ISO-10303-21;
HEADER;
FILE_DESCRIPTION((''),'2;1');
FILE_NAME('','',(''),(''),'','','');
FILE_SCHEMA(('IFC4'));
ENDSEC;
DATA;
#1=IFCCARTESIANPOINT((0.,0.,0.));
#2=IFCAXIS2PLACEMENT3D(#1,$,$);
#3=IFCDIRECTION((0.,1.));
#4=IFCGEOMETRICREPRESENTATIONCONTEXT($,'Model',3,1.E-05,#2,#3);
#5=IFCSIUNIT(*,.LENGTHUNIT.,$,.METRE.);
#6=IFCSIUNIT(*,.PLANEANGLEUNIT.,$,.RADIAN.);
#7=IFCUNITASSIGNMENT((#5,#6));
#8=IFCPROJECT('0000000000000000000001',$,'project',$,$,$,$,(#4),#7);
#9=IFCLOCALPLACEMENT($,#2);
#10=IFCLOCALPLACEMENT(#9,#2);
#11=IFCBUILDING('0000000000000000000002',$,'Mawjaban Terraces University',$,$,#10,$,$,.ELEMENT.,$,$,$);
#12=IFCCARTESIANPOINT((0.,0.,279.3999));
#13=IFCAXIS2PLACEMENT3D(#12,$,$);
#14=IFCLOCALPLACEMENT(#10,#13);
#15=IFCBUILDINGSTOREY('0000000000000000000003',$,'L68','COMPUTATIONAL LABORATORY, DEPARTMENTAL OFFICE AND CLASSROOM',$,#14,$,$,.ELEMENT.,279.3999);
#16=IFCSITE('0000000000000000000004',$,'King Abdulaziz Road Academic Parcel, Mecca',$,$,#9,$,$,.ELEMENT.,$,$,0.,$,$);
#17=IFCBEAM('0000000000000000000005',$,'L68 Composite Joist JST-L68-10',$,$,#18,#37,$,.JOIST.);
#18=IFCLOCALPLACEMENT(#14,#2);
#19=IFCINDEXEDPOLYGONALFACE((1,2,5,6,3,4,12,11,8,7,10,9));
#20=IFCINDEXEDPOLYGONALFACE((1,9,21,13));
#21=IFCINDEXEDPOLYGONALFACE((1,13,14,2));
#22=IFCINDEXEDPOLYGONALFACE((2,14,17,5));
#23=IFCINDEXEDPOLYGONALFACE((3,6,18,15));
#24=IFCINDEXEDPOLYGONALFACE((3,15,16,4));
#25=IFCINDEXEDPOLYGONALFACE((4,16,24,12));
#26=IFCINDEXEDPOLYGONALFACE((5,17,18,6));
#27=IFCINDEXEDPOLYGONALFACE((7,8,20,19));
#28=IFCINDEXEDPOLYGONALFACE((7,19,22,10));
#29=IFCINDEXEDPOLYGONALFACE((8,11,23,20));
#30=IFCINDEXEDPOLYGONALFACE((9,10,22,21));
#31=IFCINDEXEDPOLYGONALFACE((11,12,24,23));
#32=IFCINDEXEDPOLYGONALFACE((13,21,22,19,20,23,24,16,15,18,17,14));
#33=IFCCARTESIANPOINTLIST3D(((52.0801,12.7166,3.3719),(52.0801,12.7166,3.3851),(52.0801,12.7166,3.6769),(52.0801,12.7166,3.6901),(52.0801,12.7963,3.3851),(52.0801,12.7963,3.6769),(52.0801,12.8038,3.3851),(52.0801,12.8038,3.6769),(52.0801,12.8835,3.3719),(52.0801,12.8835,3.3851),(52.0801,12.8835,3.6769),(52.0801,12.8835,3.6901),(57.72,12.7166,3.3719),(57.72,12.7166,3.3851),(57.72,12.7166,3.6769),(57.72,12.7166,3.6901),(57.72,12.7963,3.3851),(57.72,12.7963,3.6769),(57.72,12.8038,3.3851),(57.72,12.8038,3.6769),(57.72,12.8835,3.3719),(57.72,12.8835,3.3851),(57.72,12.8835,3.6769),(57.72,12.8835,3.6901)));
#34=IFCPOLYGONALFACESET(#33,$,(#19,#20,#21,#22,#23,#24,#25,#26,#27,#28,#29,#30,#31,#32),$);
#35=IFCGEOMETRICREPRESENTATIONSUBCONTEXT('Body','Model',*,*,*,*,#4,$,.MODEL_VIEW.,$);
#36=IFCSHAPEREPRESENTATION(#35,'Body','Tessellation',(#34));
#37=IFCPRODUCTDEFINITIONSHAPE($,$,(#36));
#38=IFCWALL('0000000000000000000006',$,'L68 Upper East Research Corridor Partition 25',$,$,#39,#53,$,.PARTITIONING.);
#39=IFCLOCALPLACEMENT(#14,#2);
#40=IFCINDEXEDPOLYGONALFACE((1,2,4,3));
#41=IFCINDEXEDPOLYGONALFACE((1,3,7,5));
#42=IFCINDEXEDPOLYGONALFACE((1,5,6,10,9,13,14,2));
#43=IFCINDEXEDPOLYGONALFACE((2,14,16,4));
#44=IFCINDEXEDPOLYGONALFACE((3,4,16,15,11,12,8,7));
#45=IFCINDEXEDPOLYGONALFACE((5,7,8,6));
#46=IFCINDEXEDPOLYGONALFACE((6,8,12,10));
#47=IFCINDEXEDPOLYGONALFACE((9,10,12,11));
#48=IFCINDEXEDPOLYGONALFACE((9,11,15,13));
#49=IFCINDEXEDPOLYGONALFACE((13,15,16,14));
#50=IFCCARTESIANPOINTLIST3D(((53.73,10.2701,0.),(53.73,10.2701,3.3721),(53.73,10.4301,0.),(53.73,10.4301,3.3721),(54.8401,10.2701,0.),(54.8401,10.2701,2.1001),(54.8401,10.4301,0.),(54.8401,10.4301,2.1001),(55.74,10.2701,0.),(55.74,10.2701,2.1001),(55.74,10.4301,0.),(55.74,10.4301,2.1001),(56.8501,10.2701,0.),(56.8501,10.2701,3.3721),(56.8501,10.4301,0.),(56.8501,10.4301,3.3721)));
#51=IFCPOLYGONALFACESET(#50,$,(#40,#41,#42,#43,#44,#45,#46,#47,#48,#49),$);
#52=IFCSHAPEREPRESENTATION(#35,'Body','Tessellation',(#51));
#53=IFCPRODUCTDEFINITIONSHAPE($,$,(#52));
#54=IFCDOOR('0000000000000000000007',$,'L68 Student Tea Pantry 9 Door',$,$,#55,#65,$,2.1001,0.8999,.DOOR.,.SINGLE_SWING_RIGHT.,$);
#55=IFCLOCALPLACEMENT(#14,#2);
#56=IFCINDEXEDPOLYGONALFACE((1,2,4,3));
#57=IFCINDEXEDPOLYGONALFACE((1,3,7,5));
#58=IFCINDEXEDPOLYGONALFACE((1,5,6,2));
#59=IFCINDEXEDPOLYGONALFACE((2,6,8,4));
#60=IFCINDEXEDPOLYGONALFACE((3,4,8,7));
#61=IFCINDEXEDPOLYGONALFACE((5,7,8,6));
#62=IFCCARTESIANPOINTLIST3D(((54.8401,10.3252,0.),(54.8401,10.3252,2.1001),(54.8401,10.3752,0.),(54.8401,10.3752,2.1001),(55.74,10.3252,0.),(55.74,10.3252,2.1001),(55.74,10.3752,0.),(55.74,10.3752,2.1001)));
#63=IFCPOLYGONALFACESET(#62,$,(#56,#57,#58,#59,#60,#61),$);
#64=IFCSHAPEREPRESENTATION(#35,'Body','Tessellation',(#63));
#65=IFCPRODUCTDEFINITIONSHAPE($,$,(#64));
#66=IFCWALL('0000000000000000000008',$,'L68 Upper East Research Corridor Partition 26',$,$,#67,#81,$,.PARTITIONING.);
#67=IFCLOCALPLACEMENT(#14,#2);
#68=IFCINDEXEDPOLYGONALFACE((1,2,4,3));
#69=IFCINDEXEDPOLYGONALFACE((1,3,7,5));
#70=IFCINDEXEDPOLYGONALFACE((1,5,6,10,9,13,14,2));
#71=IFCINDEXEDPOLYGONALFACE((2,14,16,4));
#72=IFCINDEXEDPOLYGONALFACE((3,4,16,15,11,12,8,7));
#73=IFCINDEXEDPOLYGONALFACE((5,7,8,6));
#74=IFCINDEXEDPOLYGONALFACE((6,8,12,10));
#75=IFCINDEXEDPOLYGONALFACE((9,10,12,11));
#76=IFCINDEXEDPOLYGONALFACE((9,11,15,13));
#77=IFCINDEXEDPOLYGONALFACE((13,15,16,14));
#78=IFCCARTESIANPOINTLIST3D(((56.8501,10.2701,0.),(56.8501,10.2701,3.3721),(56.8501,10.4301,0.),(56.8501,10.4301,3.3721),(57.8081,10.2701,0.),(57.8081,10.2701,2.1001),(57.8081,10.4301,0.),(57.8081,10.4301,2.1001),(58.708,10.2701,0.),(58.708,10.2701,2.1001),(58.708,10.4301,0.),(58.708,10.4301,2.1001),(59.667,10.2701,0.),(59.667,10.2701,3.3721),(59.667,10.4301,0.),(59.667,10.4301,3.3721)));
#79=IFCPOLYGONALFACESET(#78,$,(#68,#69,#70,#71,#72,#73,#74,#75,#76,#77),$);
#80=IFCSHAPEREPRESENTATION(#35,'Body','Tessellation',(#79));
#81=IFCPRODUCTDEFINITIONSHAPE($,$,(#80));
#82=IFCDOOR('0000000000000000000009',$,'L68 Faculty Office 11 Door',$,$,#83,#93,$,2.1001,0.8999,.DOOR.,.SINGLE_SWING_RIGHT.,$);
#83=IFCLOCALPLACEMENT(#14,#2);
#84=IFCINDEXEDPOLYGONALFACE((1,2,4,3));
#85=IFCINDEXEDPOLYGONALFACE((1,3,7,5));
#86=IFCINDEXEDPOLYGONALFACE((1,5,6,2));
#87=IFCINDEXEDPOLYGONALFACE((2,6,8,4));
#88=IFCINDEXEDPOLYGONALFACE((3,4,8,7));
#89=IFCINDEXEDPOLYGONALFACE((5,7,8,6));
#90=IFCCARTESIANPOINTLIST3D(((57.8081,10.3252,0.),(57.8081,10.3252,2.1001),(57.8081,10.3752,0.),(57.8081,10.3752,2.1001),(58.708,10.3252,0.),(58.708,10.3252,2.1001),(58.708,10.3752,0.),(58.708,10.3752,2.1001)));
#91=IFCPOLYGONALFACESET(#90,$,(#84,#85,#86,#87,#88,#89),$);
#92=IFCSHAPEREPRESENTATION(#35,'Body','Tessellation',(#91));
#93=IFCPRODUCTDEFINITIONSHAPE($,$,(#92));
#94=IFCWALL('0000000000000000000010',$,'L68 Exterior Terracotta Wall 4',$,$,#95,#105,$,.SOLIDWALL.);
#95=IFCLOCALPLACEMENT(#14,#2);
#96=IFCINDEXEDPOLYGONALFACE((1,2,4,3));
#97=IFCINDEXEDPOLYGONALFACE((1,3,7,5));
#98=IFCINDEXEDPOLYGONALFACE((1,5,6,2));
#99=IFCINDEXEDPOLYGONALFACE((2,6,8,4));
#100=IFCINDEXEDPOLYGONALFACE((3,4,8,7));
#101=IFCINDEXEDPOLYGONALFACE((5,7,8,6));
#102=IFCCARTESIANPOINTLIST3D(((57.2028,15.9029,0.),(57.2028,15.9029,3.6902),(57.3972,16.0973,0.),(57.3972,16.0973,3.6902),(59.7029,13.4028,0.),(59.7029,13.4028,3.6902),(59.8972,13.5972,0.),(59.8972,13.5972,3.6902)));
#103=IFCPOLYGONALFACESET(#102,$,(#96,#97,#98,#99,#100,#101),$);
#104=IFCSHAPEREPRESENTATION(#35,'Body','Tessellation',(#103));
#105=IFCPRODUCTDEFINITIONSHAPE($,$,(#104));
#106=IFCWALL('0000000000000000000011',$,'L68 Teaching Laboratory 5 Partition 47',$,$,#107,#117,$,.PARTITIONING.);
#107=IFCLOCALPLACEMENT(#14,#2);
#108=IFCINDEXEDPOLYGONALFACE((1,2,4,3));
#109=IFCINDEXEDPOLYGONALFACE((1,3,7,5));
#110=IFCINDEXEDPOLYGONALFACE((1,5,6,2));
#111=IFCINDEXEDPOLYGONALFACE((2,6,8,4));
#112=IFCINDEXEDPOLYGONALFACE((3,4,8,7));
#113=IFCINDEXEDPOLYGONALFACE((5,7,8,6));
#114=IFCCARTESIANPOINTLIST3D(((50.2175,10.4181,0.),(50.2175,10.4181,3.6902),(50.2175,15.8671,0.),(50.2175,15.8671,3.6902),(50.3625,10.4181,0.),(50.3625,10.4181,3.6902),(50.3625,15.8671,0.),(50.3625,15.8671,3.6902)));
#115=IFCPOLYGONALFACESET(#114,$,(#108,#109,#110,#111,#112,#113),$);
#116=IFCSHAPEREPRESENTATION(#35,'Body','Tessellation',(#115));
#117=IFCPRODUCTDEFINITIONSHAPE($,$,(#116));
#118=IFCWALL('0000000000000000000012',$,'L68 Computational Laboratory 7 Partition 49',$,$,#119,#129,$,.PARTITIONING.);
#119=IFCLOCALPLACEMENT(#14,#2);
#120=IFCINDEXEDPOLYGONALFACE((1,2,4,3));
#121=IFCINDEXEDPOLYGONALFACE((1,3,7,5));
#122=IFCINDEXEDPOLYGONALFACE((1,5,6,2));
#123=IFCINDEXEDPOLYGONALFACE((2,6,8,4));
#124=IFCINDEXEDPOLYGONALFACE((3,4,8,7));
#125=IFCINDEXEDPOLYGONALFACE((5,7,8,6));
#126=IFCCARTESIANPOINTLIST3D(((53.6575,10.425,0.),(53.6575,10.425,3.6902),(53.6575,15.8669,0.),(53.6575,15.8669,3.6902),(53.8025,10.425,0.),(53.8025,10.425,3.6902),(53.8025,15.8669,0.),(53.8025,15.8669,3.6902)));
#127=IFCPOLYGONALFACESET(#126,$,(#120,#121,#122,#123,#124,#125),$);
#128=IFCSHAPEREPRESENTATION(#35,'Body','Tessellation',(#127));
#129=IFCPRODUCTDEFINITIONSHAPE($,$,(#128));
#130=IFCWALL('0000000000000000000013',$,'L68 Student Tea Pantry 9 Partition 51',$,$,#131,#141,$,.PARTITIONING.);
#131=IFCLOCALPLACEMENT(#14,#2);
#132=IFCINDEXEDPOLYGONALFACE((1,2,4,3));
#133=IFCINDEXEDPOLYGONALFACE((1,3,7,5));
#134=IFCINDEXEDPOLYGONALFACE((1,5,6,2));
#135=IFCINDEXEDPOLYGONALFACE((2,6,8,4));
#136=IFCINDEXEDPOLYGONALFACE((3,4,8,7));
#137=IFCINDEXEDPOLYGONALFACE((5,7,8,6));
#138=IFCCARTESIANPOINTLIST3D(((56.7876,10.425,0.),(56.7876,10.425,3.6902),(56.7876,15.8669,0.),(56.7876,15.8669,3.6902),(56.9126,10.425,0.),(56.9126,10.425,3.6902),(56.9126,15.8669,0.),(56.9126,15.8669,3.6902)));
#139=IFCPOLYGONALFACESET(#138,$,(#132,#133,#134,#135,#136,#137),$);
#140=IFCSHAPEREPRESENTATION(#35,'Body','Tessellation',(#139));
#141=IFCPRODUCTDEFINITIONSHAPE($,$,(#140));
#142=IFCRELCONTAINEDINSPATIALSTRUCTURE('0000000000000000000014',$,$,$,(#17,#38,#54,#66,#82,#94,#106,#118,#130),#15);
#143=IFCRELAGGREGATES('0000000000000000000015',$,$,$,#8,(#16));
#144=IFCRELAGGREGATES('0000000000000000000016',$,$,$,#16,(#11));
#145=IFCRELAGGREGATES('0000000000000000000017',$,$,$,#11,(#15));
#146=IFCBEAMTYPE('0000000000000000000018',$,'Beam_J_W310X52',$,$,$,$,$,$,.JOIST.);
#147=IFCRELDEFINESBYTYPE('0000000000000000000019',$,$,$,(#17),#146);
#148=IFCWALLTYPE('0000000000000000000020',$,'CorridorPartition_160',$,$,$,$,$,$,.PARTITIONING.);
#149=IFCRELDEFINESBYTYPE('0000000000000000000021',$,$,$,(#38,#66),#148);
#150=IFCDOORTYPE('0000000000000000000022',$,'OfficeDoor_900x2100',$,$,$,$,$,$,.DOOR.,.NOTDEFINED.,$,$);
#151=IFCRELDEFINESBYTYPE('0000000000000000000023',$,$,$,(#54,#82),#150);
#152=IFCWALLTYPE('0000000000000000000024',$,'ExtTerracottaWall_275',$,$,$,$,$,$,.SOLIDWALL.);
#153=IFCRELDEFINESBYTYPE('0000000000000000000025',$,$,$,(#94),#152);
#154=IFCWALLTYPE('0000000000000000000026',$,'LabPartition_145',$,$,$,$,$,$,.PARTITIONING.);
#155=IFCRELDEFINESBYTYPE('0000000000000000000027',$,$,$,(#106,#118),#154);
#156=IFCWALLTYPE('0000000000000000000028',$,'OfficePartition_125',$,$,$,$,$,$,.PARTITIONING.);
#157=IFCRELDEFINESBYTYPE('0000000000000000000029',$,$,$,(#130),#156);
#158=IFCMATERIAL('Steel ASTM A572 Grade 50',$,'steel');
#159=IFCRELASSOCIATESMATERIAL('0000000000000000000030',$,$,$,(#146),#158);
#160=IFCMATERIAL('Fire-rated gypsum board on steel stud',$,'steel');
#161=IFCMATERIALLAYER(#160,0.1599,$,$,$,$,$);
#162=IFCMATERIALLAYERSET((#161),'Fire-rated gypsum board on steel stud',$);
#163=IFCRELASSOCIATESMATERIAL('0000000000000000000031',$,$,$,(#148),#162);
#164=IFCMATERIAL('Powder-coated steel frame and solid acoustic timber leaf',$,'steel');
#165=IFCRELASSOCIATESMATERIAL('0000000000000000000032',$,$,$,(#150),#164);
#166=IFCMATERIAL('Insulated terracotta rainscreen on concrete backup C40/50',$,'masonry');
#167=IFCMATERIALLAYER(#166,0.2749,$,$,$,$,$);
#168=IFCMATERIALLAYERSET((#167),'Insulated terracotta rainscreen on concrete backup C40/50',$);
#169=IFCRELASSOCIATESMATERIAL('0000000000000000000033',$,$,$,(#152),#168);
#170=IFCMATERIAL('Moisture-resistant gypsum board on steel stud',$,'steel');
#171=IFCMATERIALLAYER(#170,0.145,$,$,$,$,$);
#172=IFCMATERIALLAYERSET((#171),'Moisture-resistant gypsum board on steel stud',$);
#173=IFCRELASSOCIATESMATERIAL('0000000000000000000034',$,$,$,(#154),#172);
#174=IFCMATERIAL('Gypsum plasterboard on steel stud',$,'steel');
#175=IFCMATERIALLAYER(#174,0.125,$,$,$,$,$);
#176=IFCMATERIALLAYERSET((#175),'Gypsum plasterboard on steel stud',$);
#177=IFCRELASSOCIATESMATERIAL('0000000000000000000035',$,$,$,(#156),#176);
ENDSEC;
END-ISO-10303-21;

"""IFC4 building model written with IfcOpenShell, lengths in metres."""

from ifc_helpers import new_model, si_unit, direction, frame, frame_2d, origin, origin_2d, place, context, subcontext, project, spatial, rectangle, i_section, extrude, material, layer, layer_set, material_profile, profile_set, type_object, element, fill, save


model = new_model("IFC4")

# Units and contexts
model_context = context("Model", 3, precision=1e-05, world=origin(), true_north=direction((0.0, 1.0)))
body_context = subcontext(model_context, "Body", "Model", "MODEL_VIEW")
ifc_project = project(units=[si_unit("LENGTHUNIT", "METRE"), si_unit("PLANEANGLEUNIT", "RADIAN")], contexts=[model_context])

# Site, building, storey
site_placement = place(None, origin())
site = spatial("IfcSite", under=ifc_project, at=site_placement, Name="King Abdulaziz Road Academic Parcel, Mecca", CompositionType="ELEMENT", RefElevation=0.0)
building_placement = place(site_placement, origin())
building = spatial("IfcBuilding", under=site, at=building_placement, Name="Mawjaban Terraces University", CompositionType="ELEMENT")
storey_placement = place(building_placement, frame((0.0, 0.0, 279.3999)))
storey = spatial("IfcBuildingStorey", under=building, at=storey_placement, Name="L68", Description="COMPUTATIONAL LABORATORY, DEPARTMENTAL OFFICE AND CLASSROOM", CompositionType="ELEMENT", Elevation=279.3999)

# Beam
ifc_material_1 = material(Name="Steel ASTM A572 Grade 50", Category="steel")
ifc_material_profile_1 = material_profile(ifc_material_1, i_section(OverallWidth=0.167, OverallDepth=0.3181, WebThickness=0.0076, FlangeThickness=0.0132, at=origin_2d()), Name="W310X52")
ifc_profile_set_1 = profile_set([ifc_material_profile_1], Name="Steel ASTM A572 Grade 50")
beam_type_1 = type_object("IfcBeamType", Name="Beam_J_W310X52", PredefinedType="JOIST", material=ifc_profile_set_1)
beam_1_placement = place(storey_placement, frame((52.0801, 12.8, 3.531), z_axis=(1.0, 0.0, 0.0), x_axis=(0.0, 1.0, 0.0)))
element("IfcBeam", 1, at=beam_1_placement, inside=storey, type_object=beam_type_1, Name="L68 Composite Joist JST-L68-10", PredefinedType="JOIST", context=body_context, shape_type="SweptSolid", body=[
    extrude(i_section(OverallWidth=0.167, OverallDepth=0.3181, WebThickness=0.0076, FlangeThickness=0.0132, at=origin_2d()), origin(), (0.0, 0.0, 1.0), 5.6399),
])

# Walls, openings, doors
ifc_material_2 = material(Name="Fire-rated gypsum board on steel stud", Category="steel")
ifc_layer_1 = layer(ifc_material_2, 0.1599)
ifc_layer_set_1 = layer_set([ifc_layer_1], Name="Fire-rated gypsum board on steel stud")
wall_type_1 = type_object("IfcWallType", Name="CorridorPartition_160", PredefinedType="PARTITIONING", material=ifc_layer_set_1)
wall_1_placement = place(storey_placement, frame((56.8501, 10.3501, 0.0), z_axis=(0.0, 0.0, 1.0), x_axis=(-1.0, 0.0, 0.0)))
wall_1 = element("IfcWall", 2, at=wall_1_placement, inside=storey, type_object=wall_type_1, Name="L68 Upper East Research Corridor Partition 25", PredefinedType="PARTITIONING", context=body_context, shape_type="SweptSolid", body=[
    extrude(rectangle(XDim=3.1201, YDim=0.1599, at=frame_2d((1.5601, 0.0))), origin(), (0.0, 0.0, 1.0), 3.3721),
])
opening_1_placement = place(wall_1_placement, frame((1.1101, 0.0, 0.0)))
opening_1 = element("IfcOpeningElement", 3, at=opening_1_placement, cuts=wall_1, PredefinedType="OPENING", context=body_context, shape_type="SweptSolid", body=[
    extrude(rectangle(XDim=0.8999, YDim=2.1001, at=frame_2d((0.45, 1.05))), frame((0.0, 0.0898, 0.0), z_axis=(0.0, -1.0, 0.0), x_axis=(1.0, 0.0, 0.0)), (0.0, 0.0, 1.0), 0.1799),
])
ifc_material_3 = material(Name="Powder-coated steel frame and solid acoustic timber leaf", Category="steel")
door_type_1 = type_object("IfcDoorType", Name="OfficeDoor_900x2100", OperationType="NOTDEFINED", PredefinedType="DOOR", material=ifc_material_3)
door_1_placement = place(opening_1_placement, origin())
door_1 = element("IfcDoor", 4, at=door_1_placement, inside=storey, type_object=door_type_1, Name="L68 Student Tea Pantry 9 Door", OperationType="SINGLE_SWING_RIGHT", OverallHeight=2.1001, OverallWidth=0.8999, PredefinedType="DOOR", context=body_context, shape_type="SweptSolid", body=[
    extrude(rectangle(XDim=0.8999, YDim=2.1001, at=frame_2d((0.45, 1.05))), frame((0.0, 0.0249, 0.0), z_axis=(0.0, -1.0, 0.0), x_axis=(1.0, 0.0, 0.0)), (0.0, 0.0, 1.0), 0.05),
])
fill(opening_1, door_1)
wall_2_placement = place(storey_placement, frame((59.667, 10.3501, 0.0), z_axis=(0.0, 0.0, 1.0), x_axis=(-1.0, 0.0, 0.0)))
wall_2 = element("IfcWall", 5, at=wall_2_placement, inside=storey, type_object=wall_type_1, Name="L68 Upper East Research Corridor Partition 26", PredefinedType="PARTITIONING", context=body_context, shape_type="SweptSolid", body=[
    extrude(rectangle(XDim=2.8169, YDim=0.1599, at=frame_2d((1.4084, 0.0))), origin(), (0.0, 0.0, 1.0), 3.3721),
])
opening_2_placement = place(wall_2_placement, frame((0.959, 0.0, 0.0)))
opening_2 = element("IfcOpeningElement", 6, at=opening_2_placement, cuts=wall_2, PredefinedType="OPENING", context=body_context, shape_type="SweptSolid", body=[
    extrude(rectangle(XDim=0.8999, YDim=2.1001, at=frame_2d((0.45, 1.05))), frame((0.0, 0.0898, 0.0), z_axis=(0.0, -1.0, 0.0), x_axis=(1.0, 0.0, 0.0)), (0.0, 0.0, 1.0), 0.1799),
])
door_2_placement = place(opening_2_placement, origin())
door_2 = element("IfcDoor", 7, at=door_2_placement, inside=storey, type_object=door_type_1, Name="L68 Faculty Office 11 Door", OperationType="SINGLE_SWING_RIGHT", OverallHeight=2.1001, OverallWidth=0.8999, PredefinedType="DOOR", context=body_context, shape_type="SweptSolid", body=[
    extrude(rectangle(XDim=0.8999, YDim=2.1001, at=frame_2d((0.45, 1.05))), frame((0.0, 0.0249, 0.0), z_axis=(0.0, -1.0, 0.0), x_axis=(1.0, 0.0, 0.0)), (0.0, 0.0, 1.0), 0.05),
])
fill(opening_2, door_2)

# Wall
ifc_material_4 = material(Name="Insulated terracotta rainscreen on concrete backup C40/50", Category="masonry")
ifc_layer_2 = layer(ifc_material_4, 0.2749)
ifc_layer_set_2 = layer_set([ifc_layer_2], Name="Insulated terracotta rainscreen on concrete backup C40/50")
wall_type_2 = type_object("IfcWallType", Name="ExtTerracottaWall_275", PredefinedType="SOLIDWALL", material=ifc_layer_set_2)
wall_3_placement = place(storey_placement, frame((59.8, 13.5, 0.0), z_axis=(0.0, 0.0, 1.0), x_axis=(-0.707107, 0.707107, 0.0)))
element("IfcWall", 8, at=wall_3_placement, inside=storey, type_object=wall_type_2, Name="L68 Exterior Terracotta Wall 4", PredefinedType="SOLIDWALL", context=body_context, shape_type="SweptSolid", body=[
    extrude(rectangle(XDim=3.5356, YDim=0.2749, at=frame_2d((1.7678, 0.0))), origin(), (0.0, 0.0, 1.0), 3.6902),
])

# Shared definitions
ifc_material_5 = material(Name="Moisture-resistant gypsum board on steel stud", Category="steel")
ifc_layer_3 = layer(ifc_material_5, 0.145)
ifc_layer_set_3 = layer_set([ifc_layer_3], Name="Moisture-resistant gypsum board on steel stud")
wall_type_3 = type_object("IfcWallType", Name="LabPartition_145", PredefinedType="PARTITIONING", material=ifc_layer_set_3)

# Walls
wall_4_placement = place(storey_placement, frame((50.29, 10.418, 0.0), z_axis=(0.0, 0.0, 1.0), x_axis=(0.0, 1.0, 0.0)))
element("IfcWall", 9, at=wall_4_placement, inside=storey, type_object=wall_type_3, Name="L68 Teaching Laboratory 5 Partition 47", PredefinedType="PARTITIONING", context=body_context, shape_type="SweptSolid", body=[
    extrude(rectangle(XDim=5.449, YDim=0.145, at=frame_2d((2.7246, 0.0))), origin(), (0.0, 0.0, 1.0), 3.6902),
])
wall_5_placement = place(storey_placement, frame((53.73, 10.425, 0.0), z_axis=(0.0, 0.0, 1.0), x_axis=(0.0, 1.0, 0.0)))
element("IfcWall", 10, at=wall_5_placement, inside=storey, type_object=wall_type_3, Name="L68 Computational Laboratory 7 Partition 49", PredefinedType="PARTITIONING", context=body_context, shape_type="SweptSolid", body=[
    extrude(rectangle(XDim=5.4419, YDim=0.145, at=frame_2d((2.7209, 0.0))), origin(), (0.0, 0.0, 1.0), 3.6902),
])
ifc_material_6 = material(Name="Gypsum plasterboard on steel stud", Category="steel")
ifc_layer_4 = layer(ifc_material_6, 0.125)
ifc_layer_set_4 = layer_set([ifc_layer_4], Name="Gypsum plasterboard on steel stud")
wall_type_4 = type_object("IfcWallType", Name="OfficePartition_125", PredefinedType="PARTITIONING", material=ifc_layer_set_4)
wall_6_placement = place(storey_placement, frame((56.8501, 10.425, 0.0), z_axis=(0.0, 0.0, 1.0), x_axis=(0.0, 1.0, 0.0)))
element("IfcWall", 11, at=wall_6_placement, inside=storey, type_object=wall_type_4, Name="L68 Student Tea Pantry 9 Partition 51", PredefinedType="PARTITIONING", context=body_context, shape_type="SweptSolid", body=[
    extrude(rectangle(XDim=5.4419, YDim=0.125, at=frame_2d((2.7209, 0.0))), origin(), (0.0, 0.0, 1.0), 3.6902),
])

save(model, "model.ifc")
